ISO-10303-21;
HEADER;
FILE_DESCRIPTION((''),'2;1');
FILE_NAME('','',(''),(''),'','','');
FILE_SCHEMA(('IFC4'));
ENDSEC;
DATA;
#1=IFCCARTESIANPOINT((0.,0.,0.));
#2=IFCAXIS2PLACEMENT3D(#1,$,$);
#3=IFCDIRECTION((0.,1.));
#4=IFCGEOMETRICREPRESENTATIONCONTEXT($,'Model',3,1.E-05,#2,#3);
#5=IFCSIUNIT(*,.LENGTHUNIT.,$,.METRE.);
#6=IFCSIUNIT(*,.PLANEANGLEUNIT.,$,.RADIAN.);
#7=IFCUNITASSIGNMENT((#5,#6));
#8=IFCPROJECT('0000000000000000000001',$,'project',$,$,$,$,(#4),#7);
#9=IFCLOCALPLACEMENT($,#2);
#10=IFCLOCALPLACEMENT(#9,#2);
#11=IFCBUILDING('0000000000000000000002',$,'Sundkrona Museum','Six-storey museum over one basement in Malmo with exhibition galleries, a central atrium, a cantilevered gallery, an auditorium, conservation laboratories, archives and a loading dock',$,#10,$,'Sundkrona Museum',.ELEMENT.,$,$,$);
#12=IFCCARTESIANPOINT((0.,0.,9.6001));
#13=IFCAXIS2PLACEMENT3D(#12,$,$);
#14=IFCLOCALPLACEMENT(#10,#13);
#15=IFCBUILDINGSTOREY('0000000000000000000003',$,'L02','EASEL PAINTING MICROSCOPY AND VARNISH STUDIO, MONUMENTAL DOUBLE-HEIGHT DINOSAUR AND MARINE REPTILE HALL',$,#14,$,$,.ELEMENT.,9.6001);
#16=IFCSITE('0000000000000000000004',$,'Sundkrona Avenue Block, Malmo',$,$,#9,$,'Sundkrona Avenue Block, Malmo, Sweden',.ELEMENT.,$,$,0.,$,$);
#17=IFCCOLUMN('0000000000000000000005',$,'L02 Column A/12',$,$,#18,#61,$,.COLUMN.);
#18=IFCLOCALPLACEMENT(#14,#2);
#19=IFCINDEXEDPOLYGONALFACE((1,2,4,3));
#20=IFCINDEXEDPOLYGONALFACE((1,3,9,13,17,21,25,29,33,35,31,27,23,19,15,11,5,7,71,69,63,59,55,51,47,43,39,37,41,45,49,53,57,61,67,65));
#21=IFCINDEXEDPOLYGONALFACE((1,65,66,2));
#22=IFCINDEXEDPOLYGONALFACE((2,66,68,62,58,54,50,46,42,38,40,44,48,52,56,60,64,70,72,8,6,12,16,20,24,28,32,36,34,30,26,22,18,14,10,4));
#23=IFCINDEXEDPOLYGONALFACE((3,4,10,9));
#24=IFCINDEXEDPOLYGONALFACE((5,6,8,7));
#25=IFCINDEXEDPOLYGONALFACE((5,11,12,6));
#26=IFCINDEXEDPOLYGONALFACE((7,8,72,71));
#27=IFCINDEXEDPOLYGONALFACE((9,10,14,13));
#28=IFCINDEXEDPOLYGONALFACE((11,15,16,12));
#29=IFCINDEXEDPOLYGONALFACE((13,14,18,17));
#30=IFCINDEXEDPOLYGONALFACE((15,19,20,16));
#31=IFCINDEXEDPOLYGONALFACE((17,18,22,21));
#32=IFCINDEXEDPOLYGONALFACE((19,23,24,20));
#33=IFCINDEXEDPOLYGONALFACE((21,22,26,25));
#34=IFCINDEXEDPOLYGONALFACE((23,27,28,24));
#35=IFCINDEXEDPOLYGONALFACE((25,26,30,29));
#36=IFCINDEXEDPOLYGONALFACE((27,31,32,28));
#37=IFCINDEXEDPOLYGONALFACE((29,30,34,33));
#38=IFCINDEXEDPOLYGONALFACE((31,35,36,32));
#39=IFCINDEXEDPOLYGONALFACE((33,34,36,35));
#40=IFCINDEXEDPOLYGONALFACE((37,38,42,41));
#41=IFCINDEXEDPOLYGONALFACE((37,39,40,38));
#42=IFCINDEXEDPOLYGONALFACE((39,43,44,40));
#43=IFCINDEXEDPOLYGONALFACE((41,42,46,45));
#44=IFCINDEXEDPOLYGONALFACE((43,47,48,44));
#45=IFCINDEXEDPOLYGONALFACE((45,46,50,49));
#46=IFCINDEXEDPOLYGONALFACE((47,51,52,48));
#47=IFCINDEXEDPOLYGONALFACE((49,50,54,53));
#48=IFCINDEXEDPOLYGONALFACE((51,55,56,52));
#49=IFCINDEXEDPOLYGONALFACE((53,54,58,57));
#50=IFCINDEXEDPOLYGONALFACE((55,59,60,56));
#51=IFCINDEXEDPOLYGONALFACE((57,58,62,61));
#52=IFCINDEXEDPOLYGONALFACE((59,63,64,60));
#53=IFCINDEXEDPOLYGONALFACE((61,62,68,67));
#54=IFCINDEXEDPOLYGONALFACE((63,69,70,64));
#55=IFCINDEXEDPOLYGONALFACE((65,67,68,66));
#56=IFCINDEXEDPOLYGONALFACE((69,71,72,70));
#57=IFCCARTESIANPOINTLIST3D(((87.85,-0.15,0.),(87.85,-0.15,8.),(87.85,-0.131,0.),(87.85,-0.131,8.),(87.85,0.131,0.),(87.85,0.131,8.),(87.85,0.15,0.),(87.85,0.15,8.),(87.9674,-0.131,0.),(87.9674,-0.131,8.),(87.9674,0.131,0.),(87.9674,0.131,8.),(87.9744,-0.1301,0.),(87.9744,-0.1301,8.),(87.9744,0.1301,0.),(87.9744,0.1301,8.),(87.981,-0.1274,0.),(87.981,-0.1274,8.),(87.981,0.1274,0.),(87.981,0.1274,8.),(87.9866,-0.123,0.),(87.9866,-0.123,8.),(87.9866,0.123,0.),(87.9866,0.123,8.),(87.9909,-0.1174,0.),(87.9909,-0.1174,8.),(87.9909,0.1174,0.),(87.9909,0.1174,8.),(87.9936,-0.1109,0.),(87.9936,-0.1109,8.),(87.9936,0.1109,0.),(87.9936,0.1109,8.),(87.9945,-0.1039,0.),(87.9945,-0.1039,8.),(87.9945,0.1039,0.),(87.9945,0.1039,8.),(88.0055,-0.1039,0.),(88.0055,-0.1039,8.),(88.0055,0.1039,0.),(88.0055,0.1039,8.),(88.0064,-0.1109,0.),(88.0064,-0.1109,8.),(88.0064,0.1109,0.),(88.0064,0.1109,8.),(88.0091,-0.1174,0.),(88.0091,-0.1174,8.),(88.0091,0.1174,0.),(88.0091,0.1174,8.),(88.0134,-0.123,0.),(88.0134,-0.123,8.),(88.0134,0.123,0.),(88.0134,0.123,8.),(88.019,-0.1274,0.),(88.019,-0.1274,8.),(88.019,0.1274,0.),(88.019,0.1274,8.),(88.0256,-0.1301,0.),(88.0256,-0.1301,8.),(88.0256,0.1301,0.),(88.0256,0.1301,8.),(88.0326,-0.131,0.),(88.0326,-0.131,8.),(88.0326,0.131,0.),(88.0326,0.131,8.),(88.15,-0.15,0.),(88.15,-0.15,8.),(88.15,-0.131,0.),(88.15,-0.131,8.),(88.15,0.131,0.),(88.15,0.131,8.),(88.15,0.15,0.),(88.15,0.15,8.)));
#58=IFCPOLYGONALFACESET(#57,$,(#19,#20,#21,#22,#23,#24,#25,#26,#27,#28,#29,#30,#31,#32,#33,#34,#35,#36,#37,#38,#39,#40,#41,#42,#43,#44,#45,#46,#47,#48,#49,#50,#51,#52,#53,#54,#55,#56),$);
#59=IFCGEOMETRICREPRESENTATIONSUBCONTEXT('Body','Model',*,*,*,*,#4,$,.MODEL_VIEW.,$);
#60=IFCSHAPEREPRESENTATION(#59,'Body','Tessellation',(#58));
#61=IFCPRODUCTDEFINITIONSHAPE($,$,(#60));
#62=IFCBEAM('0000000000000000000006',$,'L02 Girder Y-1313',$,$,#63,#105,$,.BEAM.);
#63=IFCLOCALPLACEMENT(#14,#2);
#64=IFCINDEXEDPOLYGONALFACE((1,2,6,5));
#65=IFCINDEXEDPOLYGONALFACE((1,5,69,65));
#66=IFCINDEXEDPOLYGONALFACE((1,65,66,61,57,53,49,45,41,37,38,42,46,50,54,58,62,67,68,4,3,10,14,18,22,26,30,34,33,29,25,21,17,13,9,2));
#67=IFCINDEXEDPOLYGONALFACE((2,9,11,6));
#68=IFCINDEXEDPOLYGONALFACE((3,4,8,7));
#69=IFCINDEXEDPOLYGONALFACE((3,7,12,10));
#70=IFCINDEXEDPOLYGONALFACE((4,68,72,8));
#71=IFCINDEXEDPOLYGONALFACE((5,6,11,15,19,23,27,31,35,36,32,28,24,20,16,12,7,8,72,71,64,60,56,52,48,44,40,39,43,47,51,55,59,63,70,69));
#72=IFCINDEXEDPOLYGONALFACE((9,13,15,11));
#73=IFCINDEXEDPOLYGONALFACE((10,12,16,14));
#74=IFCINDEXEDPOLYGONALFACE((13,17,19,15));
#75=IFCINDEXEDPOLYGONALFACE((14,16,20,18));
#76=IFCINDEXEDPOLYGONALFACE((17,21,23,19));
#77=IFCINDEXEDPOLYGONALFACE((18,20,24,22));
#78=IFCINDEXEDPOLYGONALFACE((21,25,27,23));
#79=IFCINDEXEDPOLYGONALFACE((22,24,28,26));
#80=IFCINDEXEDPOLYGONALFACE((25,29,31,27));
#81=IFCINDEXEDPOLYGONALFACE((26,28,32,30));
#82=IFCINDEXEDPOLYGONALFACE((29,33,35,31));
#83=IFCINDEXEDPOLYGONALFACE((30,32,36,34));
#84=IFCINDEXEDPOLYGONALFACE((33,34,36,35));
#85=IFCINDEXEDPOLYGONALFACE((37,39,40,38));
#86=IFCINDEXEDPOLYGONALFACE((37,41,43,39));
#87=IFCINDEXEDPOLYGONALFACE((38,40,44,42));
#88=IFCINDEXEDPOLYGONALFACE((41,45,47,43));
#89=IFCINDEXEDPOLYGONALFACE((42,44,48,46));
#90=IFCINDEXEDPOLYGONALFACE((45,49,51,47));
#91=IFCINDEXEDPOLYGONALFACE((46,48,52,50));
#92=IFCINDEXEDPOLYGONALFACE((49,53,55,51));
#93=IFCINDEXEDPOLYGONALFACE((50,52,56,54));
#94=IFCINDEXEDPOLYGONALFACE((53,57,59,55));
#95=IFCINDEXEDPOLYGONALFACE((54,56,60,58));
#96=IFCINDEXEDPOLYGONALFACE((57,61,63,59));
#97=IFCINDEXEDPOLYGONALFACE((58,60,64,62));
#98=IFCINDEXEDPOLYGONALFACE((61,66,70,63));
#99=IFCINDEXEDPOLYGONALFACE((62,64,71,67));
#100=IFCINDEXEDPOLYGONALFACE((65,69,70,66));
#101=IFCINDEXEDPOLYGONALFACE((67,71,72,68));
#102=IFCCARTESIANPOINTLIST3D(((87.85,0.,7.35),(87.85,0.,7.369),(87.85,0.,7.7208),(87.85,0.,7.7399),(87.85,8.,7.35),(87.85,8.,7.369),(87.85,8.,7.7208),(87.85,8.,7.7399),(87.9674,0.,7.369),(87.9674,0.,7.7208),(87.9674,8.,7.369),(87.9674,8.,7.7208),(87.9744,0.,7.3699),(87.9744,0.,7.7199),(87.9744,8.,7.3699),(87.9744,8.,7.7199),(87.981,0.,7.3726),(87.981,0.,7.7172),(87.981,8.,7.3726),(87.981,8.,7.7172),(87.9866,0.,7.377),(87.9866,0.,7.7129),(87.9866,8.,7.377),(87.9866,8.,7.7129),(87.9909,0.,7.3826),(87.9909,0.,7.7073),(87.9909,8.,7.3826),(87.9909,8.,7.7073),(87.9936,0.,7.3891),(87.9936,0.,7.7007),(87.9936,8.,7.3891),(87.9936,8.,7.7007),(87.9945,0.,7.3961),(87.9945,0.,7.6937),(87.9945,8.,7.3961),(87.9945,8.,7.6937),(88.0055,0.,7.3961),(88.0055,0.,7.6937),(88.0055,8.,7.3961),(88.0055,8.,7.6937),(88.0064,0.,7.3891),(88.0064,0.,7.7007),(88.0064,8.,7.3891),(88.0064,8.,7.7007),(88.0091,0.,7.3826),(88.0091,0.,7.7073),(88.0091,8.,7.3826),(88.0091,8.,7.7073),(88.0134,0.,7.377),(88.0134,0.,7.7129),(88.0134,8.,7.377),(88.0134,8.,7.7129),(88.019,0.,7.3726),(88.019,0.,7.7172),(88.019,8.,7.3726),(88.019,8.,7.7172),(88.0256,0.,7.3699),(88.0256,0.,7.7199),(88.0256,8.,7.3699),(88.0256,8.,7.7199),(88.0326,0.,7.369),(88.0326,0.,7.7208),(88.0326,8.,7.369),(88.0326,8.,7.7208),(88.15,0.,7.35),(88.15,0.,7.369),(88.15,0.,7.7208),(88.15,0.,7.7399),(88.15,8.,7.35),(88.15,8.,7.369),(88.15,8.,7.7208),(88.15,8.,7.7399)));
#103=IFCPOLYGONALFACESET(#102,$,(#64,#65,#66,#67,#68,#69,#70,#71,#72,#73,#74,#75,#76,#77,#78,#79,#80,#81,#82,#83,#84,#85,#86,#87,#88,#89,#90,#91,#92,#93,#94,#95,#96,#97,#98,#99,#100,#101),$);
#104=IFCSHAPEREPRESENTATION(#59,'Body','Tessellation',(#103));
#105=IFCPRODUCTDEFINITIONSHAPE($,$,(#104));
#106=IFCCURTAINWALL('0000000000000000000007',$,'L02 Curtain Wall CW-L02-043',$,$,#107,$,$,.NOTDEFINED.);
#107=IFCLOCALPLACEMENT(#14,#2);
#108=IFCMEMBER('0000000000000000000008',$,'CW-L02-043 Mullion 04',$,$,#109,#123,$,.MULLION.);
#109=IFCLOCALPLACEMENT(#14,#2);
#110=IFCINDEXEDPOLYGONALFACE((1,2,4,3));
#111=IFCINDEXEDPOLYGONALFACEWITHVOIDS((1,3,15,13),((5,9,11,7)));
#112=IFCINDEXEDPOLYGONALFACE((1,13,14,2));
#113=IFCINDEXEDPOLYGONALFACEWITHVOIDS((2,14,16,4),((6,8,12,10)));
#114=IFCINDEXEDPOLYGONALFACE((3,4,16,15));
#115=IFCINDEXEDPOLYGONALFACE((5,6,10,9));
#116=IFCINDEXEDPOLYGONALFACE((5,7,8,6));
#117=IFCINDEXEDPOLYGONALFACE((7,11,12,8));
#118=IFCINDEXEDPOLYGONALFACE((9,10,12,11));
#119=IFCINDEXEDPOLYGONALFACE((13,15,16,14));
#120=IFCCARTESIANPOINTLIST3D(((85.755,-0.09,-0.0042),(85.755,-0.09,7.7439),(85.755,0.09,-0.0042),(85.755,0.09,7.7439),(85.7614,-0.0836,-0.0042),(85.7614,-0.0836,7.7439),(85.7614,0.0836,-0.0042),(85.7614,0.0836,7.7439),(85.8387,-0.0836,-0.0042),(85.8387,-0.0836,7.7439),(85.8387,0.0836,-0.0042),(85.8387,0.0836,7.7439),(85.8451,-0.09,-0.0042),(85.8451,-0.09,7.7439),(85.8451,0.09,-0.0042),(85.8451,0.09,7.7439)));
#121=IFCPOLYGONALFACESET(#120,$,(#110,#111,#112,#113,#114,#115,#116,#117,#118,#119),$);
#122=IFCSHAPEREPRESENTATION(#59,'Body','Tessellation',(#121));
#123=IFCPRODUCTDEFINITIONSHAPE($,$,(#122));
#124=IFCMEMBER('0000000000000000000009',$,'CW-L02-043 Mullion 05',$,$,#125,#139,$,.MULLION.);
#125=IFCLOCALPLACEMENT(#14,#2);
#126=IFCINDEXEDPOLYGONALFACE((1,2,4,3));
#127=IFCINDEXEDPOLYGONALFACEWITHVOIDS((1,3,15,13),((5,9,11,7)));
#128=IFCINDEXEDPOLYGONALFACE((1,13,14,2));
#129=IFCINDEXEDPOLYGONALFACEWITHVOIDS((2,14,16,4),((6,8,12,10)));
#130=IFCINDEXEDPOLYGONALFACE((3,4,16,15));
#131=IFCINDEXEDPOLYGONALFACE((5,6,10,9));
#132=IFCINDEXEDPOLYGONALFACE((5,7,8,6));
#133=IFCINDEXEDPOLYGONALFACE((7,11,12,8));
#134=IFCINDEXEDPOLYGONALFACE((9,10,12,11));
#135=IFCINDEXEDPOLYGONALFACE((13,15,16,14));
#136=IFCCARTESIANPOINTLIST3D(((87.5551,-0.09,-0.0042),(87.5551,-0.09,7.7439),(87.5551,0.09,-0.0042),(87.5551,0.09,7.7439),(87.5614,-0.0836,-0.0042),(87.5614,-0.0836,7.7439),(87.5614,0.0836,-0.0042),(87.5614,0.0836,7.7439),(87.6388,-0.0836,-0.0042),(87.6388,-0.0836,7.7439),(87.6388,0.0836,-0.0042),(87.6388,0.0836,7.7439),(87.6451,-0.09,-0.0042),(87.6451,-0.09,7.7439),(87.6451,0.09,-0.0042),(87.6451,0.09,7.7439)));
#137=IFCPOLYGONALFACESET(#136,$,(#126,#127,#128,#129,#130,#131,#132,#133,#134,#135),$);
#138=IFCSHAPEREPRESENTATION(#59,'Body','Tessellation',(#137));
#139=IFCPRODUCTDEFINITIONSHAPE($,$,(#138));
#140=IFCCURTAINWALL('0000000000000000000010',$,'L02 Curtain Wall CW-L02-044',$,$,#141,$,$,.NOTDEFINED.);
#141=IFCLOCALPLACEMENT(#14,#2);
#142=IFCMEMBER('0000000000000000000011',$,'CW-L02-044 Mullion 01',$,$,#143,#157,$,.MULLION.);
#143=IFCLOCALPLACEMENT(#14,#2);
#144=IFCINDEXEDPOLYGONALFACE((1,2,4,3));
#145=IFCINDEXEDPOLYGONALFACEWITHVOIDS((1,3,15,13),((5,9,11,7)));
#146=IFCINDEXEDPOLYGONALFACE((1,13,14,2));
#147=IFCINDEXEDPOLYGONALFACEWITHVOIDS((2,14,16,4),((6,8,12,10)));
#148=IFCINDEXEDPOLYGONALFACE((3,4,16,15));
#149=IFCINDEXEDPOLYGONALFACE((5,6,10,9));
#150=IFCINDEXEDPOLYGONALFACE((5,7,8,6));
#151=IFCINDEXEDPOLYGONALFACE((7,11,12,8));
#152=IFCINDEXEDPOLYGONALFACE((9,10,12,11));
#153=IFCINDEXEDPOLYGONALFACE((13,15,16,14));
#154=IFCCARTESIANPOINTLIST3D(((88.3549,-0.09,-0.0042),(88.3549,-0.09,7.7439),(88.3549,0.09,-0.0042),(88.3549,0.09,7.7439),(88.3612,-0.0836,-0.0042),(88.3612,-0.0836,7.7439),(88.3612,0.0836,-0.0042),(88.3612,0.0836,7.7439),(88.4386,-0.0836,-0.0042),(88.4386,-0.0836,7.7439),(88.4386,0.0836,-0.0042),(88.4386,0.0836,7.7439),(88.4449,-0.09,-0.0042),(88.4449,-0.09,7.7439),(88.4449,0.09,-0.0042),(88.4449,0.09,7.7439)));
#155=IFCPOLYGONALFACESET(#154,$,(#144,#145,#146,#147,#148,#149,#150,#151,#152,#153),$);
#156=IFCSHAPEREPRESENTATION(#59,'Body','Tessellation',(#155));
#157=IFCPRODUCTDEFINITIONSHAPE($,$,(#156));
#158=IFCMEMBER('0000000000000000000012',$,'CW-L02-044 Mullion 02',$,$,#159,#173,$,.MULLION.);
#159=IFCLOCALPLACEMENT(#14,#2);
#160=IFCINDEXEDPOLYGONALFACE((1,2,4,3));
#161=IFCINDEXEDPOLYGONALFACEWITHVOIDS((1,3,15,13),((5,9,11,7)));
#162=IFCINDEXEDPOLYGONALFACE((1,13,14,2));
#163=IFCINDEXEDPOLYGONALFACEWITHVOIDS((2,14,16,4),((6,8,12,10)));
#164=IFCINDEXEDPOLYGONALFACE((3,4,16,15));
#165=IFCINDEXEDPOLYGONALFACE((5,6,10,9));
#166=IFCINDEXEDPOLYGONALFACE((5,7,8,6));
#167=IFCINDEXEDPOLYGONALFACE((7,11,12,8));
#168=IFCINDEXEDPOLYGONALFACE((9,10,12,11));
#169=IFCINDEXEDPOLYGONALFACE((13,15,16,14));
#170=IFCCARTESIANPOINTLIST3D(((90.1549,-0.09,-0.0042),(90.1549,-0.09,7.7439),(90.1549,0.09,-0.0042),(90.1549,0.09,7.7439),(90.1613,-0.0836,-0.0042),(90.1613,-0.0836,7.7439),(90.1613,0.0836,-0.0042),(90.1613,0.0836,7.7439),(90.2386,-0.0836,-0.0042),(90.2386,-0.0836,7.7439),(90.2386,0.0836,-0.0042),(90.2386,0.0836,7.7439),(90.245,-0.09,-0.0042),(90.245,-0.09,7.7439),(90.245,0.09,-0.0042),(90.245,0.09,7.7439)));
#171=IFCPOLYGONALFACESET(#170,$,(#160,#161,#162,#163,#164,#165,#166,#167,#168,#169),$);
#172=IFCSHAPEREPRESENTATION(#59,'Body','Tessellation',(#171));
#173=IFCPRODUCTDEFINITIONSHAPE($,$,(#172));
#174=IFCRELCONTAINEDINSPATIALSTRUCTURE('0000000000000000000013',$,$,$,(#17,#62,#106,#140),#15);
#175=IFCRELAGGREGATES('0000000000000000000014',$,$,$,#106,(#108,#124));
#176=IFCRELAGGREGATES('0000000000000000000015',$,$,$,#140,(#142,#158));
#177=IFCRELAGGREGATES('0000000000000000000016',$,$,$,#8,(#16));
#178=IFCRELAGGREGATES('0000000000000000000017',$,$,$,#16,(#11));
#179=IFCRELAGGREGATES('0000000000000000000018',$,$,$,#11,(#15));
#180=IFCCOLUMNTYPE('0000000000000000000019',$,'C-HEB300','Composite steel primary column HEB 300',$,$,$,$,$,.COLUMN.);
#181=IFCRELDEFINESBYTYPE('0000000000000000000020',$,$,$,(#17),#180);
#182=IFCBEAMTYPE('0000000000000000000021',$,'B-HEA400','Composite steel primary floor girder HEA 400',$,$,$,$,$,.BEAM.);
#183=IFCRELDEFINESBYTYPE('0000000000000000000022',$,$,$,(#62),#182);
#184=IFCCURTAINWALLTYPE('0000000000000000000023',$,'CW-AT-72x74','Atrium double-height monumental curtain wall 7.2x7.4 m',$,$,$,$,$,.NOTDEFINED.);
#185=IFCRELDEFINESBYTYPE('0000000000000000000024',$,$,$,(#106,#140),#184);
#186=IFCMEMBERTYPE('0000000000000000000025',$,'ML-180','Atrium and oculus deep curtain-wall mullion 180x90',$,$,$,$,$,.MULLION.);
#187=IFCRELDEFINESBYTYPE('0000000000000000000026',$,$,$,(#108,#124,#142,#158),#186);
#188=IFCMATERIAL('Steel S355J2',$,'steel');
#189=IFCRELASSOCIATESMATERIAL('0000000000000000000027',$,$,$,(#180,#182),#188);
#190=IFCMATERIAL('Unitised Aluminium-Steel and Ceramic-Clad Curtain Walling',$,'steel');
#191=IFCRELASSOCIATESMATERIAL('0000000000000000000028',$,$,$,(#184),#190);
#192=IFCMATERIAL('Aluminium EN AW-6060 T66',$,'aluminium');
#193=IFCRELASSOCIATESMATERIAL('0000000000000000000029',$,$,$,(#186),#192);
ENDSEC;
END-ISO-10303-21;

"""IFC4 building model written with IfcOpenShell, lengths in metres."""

from ifc_helpers import new_model, si_unit, direction, frame, origin, origin_2d, place, context, subcontext, project, spatial, hollow_rectangle, i_section, extrude, material, material_profile, profile_set, type_object, element, aggregate, save


model = new_model("IFC4")

# Units and contexts
model_context = context("Model", 3, precision=1e-05, world=origin(), true_north=direction((0.0, 1.0)))
body_context = subcontext(model_context, "Body", "Model", "MODEL_VIEW")
ifc_project = project(units=[si_unit("LENGTHUNIT", "METRE"), si_unit("PLANEANGLEUNIT", "RADIAN")], contexts=[model_context])

# Site, building, storey
site_placement = place(None, origin())
site = spatial("IfcSite", under=ifc_project, at=site_placement, Name="Sundkrona Avenue Block, Malmo", LongName="Sundkrona Avenue Block, Malmo, Sweden", CompositionType="ELEMENT", RefElevation=0.0)
building_placement = place(site_placement, origin())
building = spatial("IfcBuilding", under=site, at=building_placement, Name="Sundkrona Museum", Description="Six-storey museum over one basement in Malmo with exhibition galleries, a central atrium, a cantilevered gallery, an auditorium, conservation laboratories, archives and a loading dock", LongName="Sundkrona Museum", CompositionType="ELEMENT")
storey_placement = place(building_placement, frame((0.0, 0.0, 9.6001)))
storey = spatial("IfcBuildingStorey", under=building, at=storey_placement, Name="L02", Description="EASEL PAINTING MICROSCOPY AND VARNISH STUDIO, MONUMENTAL DOUBLE-HEIGHT DINOSAUR AND MARINE REPTILE HALL", CompositionType="ELEMENT", Elevation=9.6001)

# Column
ifc_material_1 = material(Name="Steel S355J2", Category="steel")
ifc_material_profile_1 = material_profile(ifc_material_1, i_section(OverallWidth=0.3, OverallDepth=0.3, WebThickness=0.011, FlangeThickness=0.019, FilletRadius=0.0271, at=origin_2d()), Name="HEB 300")
ifc_profile_set_1 = profile_set([ifc_material_profile_1], Name="Steel S355J2")
column_type = type_object("IfcColumnType", Name="C-HEB300", Description="Composite steel primary column HEB 300", PredefinedType="COLUMN", material=ifc_profile_set_1)
column_placement = place(storey_placement, frame((88.0, 0.0, 0.0), z_axis=(0.0, 0.0, 1.0), x_axis=(1.0, 0.0, 0.0)))
element("IfcColumn", 1, at=column_placement, inside=storey, type_object=column_type, Name="L02 Column A/12", PredefinedType="COLUMN", context=body_context, shape_type="SweptSolid", body=[
    extrude(i_section(OverallWidth=0.3, OverallDepth=0.3, WebThickness=0.011, FlangeThickness=0.019, FilletRadius=0.0271, at=origin_2d()), origin(), (0.0, 0.0, 1.0), 8.0),
])

# Beam
ifc_material_profile_2 = material_profile(ifc_material_1, i_section(OverallWidth=0.3, OverallDepth=0.3899, WebThickness=0.011, FlangeThickness=0.019, FilletRadius=0.0271, at=origin_2d()), Name="HEA 400")
ifc_profile_set_2 = profile_set([ifc_material_profile_2], Name="Steel S355J2")
beam_type_1 = type_object("IfcBeamType", Name="B-HEA400", Description="Composite steel primary floor girder HEA 400", PredefinedType="BEAM", material=ifc_profile_set_2)
beam_1_placement = place(storey_placement, frame((88.0, 0.0, 7.5449), z_axis=(0.0, 1.0, 0.0), x_axis=(-1.0, 0.0, 0.0)))
element("IfcBeam", 2, at=beam_1_placement, inside=storey, type_object=beam_type_1, Name="L02 Girder Y-1313", PredefinedType="BEAM", context=body_context, shape_type="SweptSolid", body=[
    extrude(i_section(OverallWidth=0.3, OverallDepth=0.3899, WebThickness=0.011, FlangeThickness=0.019, FilletRadius=0.0271, at=origin_2d()), origin(), (0.0, 0.0, 1.0), 8.0),
])

# Curtain walls, members
ifc_material_2 = material(Name="Unitised Aluminium-Steel and Ceramic-Clad Curtain Walling", Category="steel")
curtain_wall_type = type_object("IfcCurtainWallType", Name="CW-AT-72x74", Description="Atrium double-height monumental curtain wall 7.2x7.4 m", PredefinedType="NOTDEFINED", material=ifc_material_2)
curtain_wall_1_placement = place(storey_placement, origin())
curtain_wall_1 = element("IfcCurtainWall", 3, at=curtain_wall_1_placement, inside=storey, type_object=curtain_wall_type, Name="L02 Curtain Wall CW-L02-043", PredefinedType="NOTDEFINED")
ifc_material_3 = material(Name="Aluminium EN AW-6060 T66", Category="aluminium")
ifc_material_profile_3 = material_profile(ifc_material_3, hollow_rectangle(XDim=0.0901, YDim=0.1799, WallThickness=0.0063, at=origin_2d()), Name="RHS 180x90x6.3")
ifc_profile_set_3 = profile_set([ifc_material_profile_3], Name="Aluminium EN AW-6060 T66")
member_type_1 = type_object("IfcMemberType", Name="ML-180", Description="Atrium and oculus deep curtain-wall mullion 180x90", PredefinedType="MULLION", material=ifc_profile_set_3)
member_1_placement = place(storey_placement, frame((85.8, 0.0, -0.0042), z_axis=(0.0, 0.0, 1.0), x_axis=(1.0, 0.0, 0.0)))
member_1 = element("IfcMember", 4, at=member_1_placement, type_object=member_type_1, Name="CW-L02-043 Mullion 04", PredefinedType="MULLION", context=body_context, shape_type="SweptSolid", body=[
    extrude(hollow_rectangle(XDim=0.0901, YDim=0.1799, WallThickness=0.0063, at=origin_2d()), origin(), (0.0, 0.0, 1.0), 7.748),
])
member_2_placement = place(storey_placement, frame((87.6001, 0.0, -0.0042), z_axis=(0.0, 0.0, 1.0), x_axis=(1.0, 0.0, 0.0)))
member_2 = element("IfcMember", 5, at=member_2_placement, type_object=member_type_1, Name="CW-L02-043 Mullion 05", PredefinedType="MULLION", context=body_context, shape_type="SweptSolid", body=[
    extrude(hollow_rectangle(XDim=0.0901, YDim=0.1799, WallThickness=0.0063, at=origin_2d()), origin(), (0.0, 0.0, 1.0), 7.748),
])
curtain_wall_2_placement = place(storey_placement, origin())
curtain_wall_2 = element("IfcCurtainWall", 6, at=curtain_wall_2_placement, inside=storey, type_object=curtain_wall_type, Name="L02 Curtain Wall CW-L02-044", PredefinedType="NOTDEFINED")
member_3_placement = place(storey_placement, frame((88.3999, 0.0, -0.0042), z_axis=(0.0, 0.0, 1.0), x_axis=(1.0, 0.0, 0.0)))
member_3 = element("IfcMember", 7, at=member_3_placement, type_object=member_type_1, Name="CW-L02-044 Mullion 01", PredefinedType="MULLION", context=body_context, shape_type="SweptSolid", body=[
    extrude(hollow_rectangle(XDim=0.0901, YDim=0.1799, WallThickness=0.0063, at=origin_2d()), origin(), (0.0, 0.0, 1.0), 7.748),
])
member_4_placement = place(storey_placement, frame((90.2, 0.0, -0.0042), z_axis=(0.0, 0.0, 1.0), x_axis=(1.0, 0.0, 0.0)))
member_4 = element("IfcMember", 8, at=member_4_placement, type_object=member_type_1, Name="CW-L02-044 Mullion 02", PredefinedType="MULLION", context=body_context, shape_type="SweptSolid", body=[
    extrude(hollow_rectangle(XDim=0.0901, YDim=0.1799, WallThickness=0.0063, at=origin_2d()), origin(), (0.0, 0.0, 1.0), 7.748),
])

aggregate(curtain_wall_1, [member_1, member_2])
aggregate(curtain_wall_2, [member_3, member_4])

save(model, "model.ifc")
